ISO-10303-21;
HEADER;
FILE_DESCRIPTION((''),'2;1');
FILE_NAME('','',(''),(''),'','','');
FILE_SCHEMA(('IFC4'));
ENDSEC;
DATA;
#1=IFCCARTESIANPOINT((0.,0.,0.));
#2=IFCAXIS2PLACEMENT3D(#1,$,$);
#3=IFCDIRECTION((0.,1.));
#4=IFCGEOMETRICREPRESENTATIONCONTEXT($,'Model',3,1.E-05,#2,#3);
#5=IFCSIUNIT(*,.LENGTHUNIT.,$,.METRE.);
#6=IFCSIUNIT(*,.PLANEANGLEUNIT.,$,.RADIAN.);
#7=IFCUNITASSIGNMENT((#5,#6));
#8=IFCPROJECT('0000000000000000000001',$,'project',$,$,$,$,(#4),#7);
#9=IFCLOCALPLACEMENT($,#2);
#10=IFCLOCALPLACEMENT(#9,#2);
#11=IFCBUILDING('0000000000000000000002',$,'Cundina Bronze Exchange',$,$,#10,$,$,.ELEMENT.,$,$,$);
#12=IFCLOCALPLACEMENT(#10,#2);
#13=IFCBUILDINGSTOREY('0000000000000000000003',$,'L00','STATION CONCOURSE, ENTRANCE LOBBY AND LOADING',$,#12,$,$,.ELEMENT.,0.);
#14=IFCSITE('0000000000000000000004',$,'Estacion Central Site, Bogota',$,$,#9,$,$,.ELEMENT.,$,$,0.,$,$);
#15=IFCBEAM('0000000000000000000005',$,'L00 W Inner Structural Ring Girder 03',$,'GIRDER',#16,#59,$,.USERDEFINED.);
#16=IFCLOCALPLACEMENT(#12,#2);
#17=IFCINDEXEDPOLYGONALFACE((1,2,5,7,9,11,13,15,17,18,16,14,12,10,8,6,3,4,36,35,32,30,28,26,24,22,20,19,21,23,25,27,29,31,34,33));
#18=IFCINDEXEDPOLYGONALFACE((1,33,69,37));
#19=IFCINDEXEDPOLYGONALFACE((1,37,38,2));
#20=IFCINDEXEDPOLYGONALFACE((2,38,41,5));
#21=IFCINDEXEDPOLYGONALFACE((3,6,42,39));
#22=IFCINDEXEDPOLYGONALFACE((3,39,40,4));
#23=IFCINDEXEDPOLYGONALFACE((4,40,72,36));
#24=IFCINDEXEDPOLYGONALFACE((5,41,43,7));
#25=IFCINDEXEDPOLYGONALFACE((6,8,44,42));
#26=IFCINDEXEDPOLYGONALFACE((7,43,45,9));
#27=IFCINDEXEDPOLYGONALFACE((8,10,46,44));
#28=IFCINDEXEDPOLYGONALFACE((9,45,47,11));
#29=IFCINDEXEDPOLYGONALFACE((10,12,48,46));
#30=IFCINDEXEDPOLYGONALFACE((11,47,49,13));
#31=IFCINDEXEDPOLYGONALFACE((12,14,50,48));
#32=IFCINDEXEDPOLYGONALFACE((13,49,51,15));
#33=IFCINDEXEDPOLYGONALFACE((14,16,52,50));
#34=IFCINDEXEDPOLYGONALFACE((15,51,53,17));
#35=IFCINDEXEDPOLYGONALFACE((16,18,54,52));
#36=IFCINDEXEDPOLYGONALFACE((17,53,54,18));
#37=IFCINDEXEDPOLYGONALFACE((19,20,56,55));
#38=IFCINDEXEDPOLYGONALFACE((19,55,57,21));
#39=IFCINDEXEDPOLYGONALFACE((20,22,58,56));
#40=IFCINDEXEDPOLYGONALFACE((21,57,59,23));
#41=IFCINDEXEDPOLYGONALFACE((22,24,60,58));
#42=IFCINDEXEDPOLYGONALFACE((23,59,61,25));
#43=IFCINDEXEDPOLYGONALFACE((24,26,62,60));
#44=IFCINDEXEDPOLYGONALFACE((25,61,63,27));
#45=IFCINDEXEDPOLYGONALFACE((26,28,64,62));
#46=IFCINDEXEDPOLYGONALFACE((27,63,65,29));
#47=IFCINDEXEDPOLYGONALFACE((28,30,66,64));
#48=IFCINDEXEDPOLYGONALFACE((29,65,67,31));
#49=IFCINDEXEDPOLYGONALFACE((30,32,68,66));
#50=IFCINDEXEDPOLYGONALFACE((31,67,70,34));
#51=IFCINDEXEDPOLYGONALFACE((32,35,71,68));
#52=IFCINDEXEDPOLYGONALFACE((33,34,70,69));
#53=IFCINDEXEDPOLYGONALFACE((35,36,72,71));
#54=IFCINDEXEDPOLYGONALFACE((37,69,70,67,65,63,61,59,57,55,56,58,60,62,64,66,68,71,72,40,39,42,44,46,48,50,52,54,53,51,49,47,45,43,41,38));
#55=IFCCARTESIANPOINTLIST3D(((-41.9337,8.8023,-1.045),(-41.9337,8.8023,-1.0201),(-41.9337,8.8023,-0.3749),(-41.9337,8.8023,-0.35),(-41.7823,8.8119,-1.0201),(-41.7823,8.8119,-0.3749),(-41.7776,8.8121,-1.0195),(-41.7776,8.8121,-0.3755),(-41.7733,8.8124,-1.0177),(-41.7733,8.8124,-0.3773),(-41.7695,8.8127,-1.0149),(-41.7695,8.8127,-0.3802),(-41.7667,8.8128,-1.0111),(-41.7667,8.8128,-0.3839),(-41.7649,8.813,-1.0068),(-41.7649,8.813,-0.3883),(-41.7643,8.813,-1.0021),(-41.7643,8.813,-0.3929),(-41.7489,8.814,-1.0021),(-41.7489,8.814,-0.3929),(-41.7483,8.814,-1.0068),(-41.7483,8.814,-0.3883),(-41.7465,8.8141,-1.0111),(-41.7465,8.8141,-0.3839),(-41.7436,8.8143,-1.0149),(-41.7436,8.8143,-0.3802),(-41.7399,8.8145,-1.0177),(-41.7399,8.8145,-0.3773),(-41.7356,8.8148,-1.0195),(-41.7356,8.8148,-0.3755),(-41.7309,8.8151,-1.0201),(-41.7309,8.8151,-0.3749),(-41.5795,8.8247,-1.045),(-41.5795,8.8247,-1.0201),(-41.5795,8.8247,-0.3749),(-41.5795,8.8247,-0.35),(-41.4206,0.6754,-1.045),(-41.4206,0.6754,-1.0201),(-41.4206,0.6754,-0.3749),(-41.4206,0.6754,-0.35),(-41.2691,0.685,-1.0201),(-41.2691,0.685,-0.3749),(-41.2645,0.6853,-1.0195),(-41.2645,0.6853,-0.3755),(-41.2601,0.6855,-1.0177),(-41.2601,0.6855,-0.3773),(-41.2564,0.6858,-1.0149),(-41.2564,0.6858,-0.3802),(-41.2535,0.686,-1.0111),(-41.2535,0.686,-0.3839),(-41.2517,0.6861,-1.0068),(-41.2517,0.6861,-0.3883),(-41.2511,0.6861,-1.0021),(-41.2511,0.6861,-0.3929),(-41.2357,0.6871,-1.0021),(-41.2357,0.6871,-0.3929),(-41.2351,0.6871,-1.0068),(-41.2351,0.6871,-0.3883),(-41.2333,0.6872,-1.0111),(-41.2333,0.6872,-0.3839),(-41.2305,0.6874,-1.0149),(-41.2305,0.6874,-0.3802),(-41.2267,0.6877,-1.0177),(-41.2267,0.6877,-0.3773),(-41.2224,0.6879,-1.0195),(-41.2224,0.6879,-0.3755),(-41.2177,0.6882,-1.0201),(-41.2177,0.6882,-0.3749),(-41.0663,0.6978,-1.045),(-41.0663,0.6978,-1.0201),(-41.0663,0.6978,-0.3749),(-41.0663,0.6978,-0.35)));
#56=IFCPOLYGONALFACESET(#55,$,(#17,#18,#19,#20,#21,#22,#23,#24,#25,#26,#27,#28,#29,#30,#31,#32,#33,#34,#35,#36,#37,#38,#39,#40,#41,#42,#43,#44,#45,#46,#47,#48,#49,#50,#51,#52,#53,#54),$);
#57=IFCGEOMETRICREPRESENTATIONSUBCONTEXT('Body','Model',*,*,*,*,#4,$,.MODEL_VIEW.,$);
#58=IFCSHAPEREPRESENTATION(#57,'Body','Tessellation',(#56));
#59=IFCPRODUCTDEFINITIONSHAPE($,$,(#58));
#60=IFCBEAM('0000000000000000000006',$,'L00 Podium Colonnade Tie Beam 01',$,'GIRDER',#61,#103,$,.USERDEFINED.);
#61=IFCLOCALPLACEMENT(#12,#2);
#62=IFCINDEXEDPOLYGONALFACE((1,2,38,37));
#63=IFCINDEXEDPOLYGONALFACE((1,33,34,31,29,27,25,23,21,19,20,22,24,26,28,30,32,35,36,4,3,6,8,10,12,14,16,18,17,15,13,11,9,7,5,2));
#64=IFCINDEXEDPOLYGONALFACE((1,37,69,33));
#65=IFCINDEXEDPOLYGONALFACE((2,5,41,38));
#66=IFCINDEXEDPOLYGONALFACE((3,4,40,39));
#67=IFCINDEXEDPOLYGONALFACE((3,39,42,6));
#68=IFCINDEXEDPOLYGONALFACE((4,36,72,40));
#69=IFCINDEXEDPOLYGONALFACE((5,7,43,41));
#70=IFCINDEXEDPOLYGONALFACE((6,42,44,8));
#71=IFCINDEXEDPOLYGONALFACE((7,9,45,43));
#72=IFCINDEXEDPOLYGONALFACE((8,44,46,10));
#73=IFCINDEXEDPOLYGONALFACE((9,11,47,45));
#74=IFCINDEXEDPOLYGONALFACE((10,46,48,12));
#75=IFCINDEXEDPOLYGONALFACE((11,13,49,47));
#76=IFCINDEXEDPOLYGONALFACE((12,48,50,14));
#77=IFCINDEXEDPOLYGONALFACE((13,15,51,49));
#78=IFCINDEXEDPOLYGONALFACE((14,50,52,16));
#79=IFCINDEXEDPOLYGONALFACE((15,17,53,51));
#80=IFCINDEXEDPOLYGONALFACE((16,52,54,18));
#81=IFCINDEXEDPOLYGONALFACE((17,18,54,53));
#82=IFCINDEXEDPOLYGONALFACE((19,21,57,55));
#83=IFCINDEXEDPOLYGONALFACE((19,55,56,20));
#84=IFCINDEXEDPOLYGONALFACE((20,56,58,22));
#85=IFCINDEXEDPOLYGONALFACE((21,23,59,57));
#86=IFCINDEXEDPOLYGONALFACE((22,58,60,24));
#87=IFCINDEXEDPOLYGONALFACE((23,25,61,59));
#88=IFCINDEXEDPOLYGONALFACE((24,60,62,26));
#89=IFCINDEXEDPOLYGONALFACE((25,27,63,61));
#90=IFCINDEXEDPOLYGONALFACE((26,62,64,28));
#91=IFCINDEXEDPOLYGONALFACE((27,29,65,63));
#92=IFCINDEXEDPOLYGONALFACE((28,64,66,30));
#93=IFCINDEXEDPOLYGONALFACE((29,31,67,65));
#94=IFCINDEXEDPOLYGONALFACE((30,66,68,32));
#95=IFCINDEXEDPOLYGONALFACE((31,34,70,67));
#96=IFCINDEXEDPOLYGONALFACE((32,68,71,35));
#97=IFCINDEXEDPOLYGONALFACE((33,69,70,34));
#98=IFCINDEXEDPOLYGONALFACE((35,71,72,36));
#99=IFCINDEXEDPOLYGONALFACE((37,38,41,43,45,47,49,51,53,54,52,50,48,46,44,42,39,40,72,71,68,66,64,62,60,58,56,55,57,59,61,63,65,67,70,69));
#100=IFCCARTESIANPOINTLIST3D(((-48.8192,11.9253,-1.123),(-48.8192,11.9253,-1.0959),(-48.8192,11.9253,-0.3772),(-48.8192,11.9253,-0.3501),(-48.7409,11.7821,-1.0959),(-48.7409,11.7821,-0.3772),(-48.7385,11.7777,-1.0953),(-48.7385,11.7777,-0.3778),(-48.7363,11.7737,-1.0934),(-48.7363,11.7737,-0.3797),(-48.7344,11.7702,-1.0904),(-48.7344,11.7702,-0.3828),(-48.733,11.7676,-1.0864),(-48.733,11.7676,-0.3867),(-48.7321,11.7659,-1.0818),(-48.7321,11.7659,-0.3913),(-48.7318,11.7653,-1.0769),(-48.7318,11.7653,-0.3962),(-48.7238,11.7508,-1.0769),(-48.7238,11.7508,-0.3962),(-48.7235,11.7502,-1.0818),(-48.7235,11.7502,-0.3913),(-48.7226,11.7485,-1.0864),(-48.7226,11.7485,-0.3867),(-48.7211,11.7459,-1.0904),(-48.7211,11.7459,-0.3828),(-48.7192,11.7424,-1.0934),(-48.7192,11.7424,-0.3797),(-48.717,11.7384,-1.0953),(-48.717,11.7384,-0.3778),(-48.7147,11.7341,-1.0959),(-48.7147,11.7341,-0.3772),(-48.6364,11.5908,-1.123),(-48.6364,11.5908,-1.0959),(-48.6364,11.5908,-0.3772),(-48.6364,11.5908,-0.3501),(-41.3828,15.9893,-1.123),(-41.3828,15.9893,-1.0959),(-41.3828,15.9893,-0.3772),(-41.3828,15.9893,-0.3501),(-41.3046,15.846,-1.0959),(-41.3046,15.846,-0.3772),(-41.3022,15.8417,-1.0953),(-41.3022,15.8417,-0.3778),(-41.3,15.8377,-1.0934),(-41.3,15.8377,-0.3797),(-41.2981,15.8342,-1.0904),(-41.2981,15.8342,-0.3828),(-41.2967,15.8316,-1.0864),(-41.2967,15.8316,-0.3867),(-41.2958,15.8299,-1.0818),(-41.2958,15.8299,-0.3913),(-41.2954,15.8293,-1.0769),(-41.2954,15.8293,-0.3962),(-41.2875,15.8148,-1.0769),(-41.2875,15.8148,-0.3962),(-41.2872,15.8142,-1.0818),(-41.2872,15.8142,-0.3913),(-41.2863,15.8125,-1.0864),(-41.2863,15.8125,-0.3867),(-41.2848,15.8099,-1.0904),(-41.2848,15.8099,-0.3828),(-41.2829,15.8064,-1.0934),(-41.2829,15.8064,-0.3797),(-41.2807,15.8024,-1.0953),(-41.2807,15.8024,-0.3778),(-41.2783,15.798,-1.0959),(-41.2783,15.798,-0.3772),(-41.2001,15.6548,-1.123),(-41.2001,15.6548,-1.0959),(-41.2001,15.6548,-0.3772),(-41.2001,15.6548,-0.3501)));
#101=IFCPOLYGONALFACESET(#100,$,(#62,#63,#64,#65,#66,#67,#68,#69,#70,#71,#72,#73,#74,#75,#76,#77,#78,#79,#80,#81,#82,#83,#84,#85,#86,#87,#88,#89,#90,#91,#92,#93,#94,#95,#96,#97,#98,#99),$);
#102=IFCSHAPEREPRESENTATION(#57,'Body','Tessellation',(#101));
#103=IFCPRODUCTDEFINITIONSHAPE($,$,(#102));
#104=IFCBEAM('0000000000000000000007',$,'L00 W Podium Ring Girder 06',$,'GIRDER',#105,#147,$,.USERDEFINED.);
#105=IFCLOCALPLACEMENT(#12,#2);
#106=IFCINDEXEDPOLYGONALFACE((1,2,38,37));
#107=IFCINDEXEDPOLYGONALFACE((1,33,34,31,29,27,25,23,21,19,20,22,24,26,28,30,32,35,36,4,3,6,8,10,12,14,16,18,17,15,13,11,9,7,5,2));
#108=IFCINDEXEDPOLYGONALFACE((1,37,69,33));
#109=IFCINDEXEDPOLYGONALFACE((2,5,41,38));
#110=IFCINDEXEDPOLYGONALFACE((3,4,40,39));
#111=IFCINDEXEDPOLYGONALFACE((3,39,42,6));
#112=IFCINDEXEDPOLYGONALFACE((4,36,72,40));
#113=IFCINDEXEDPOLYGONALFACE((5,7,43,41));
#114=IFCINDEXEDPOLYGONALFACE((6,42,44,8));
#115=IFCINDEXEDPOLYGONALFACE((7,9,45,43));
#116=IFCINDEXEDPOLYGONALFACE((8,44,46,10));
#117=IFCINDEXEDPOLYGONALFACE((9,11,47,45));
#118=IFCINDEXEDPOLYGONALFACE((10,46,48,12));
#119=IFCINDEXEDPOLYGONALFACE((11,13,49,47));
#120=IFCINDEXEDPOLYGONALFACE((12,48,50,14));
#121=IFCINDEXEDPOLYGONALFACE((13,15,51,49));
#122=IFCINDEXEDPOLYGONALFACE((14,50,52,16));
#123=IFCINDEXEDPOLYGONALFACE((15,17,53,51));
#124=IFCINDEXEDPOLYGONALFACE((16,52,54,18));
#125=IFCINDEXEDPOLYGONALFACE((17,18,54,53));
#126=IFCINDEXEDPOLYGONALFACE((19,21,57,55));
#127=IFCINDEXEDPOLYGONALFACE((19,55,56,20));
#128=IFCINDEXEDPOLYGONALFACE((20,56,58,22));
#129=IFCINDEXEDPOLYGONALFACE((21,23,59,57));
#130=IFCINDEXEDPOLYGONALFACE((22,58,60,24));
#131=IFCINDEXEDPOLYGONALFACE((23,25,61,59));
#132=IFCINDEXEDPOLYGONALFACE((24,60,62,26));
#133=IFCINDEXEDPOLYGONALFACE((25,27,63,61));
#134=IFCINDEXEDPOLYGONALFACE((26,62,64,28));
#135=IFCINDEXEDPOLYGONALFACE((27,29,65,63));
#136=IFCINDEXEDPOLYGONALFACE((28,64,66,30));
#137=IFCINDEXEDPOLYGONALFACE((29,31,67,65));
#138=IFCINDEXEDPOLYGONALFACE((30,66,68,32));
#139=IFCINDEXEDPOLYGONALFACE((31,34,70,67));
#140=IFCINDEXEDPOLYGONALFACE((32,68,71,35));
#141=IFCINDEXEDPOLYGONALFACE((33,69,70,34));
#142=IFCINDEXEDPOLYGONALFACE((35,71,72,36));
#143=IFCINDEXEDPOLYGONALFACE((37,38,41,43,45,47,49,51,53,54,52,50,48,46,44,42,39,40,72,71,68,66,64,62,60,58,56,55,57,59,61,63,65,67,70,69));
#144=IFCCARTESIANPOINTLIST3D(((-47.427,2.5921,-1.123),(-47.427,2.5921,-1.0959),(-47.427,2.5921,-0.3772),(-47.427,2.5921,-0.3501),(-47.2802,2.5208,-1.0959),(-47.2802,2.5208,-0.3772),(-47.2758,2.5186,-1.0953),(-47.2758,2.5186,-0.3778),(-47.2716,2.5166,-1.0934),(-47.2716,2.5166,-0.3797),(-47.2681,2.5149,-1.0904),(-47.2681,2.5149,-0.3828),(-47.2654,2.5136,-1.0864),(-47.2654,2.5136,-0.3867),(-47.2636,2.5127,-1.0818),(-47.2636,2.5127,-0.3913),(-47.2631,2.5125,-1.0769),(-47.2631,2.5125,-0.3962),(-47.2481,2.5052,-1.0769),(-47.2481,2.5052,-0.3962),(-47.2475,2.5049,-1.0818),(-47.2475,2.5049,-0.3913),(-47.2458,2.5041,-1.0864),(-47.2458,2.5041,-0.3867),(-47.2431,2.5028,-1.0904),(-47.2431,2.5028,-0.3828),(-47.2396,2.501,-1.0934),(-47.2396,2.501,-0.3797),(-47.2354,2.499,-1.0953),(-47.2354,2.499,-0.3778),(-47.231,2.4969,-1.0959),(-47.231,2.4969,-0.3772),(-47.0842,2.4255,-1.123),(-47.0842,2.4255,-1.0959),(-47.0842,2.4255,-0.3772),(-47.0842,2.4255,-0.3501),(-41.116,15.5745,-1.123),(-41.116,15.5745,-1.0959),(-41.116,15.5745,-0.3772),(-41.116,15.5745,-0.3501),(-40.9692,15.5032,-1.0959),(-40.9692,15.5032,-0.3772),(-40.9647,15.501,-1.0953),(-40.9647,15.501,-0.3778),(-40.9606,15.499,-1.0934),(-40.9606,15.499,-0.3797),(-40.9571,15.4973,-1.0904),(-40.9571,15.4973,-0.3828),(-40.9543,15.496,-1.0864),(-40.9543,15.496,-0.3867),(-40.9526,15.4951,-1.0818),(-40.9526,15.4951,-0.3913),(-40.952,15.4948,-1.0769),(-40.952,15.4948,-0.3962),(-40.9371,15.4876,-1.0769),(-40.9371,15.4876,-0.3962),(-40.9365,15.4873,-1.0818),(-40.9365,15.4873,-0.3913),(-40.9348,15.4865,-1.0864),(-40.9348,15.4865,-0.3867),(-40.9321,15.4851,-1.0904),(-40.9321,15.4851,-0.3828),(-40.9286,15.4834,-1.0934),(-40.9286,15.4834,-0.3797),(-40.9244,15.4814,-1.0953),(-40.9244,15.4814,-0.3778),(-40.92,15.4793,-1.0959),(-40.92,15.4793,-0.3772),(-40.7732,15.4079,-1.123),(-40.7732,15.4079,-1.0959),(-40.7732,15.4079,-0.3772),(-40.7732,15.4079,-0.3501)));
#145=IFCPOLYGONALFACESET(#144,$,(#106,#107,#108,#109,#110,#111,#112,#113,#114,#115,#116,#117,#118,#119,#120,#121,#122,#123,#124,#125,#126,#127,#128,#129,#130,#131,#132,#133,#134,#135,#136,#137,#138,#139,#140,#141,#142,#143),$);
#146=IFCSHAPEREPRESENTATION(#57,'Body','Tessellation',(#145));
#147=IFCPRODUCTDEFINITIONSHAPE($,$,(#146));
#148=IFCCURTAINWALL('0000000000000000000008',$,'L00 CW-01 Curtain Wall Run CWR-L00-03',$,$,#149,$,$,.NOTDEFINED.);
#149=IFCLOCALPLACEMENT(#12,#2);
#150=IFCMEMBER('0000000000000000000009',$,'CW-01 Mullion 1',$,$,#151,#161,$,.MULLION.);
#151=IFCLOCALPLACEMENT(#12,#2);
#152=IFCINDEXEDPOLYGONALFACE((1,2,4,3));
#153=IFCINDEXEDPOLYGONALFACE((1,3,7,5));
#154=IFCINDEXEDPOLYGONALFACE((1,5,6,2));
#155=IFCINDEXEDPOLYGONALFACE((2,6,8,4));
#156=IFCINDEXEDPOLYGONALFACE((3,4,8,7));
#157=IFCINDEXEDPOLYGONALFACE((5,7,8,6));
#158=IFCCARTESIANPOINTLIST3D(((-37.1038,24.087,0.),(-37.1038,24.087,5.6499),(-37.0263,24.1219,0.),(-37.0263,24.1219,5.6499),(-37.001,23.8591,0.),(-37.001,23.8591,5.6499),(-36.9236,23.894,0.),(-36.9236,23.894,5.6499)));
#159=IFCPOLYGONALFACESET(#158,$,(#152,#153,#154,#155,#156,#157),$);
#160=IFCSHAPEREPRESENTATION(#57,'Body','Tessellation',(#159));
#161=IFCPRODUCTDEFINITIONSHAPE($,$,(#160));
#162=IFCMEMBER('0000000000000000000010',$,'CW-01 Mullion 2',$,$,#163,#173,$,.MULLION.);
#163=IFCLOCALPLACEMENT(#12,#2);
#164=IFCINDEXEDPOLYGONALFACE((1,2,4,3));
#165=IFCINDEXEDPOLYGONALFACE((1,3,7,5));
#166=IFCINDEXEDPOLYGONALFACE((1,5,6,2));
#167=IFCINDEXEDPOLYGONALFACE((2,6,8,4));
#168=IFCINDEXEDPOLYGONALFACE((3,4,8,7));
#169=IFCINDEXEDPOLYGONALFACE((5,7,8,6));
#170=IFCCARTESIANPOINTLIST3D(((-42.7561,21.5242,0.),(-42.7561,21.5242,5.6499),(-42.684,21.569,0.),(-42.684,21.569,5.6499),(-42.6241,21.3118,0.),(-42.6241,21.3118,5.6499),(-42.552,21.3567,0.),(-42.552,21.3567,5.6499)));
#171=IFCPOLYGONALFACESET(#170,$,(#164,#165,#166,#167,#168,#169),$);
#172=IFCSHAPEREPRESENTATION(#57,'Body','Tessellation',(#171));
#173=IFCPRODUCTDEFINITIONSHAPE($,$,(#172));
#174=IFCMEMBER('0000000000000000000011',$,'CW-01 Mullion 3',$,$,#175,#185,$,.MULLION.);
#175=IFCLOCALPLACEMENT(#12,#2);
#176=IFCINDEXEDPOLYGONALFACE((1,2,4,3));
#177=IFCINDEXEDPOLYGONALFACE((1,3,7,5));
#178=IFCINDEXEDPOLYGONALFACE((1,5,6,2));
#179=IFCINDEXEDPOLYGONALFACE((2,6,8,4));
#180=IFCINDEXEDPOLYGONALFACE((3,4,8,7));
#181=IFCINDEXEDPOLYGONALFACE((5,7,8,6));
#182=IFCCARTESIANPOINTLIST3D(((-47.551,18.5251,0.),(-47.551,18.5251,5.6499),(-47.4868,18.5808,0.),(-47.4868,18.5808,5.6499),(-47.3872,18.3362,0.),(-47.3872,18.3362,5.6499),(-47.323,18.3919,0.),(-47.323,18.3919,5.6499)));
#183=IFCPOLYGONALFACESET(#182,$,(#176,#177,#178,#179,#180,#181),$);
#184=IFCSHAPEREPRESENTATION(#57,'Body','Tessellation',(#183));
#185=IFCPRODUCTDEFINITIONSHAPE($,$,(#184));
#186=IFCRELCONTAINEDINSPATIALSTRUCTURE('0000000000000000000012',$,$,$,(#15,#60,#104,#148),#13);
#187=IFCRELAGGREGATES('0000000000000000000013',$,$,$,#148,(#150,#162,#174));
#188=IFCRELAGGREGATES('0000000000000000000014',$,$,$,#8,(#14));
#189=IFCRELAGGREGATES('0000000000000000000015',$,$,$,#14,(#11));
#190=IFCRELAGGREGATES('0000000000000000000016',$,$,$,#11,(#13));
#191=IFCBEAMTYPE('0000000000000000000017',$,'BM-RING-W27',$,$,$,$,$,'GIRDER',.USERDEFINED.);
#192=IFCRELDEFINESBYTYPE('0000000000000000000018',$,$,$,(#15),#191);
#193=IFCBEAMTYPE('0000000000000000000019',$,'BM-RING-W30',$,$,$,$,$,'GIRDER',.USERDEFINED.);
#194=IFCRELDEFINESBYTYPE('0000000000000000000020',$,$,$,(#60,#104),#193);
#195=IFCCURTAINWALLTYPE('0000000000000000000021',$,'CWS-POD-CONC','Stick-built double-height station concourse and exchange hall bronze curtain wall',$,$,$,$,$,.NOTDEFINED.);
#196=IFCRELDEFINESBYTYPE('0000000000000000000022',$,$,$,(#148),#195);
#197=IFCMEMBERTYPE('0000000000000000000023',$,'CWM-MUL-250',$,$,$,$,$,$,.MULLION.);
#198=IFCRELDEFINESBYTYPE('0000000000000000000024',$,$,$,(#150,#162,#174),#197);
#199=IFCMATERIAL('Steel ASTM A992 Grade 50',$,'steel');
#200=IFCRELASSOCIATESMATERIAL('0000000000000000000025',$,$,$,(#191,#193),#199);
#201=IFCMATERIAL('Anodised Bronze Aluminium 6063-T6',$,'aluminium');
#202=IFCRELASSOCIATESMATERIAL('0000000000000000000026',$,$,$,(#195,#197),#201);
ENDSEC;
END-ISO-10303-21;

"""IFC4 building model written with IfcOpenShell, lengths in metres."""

from ifc_helpers import new_model, si_unit, direction, frame, origin, origin_2d, place, context, subcontext, project, spatial, rectangle, i_section, extrude, material, material_profile, profile_set, type_object, element, aggregate, save


model = new_model("IFC4")

# Units and contexts
model_context = context("Model", 3, precision=1e-05, world=origin(), true_north=direction((0.0, 1.0)))
body_context = subcontext(model_context, "Body", "Model", "MODEL_VIEW")
ifc_project = project(units=[si_unit("LENGTHUNIT", "METRE"), si_unit("PLANEANGLEUNIT", "RADIAN")], contexts=[model_context])

# Site, building, storey
site_placement = place(None, origin())
site = spatial("IfcSite", under=ifc_project, at=site_placement, Name="Estacion Central Site, Bogota", CompositionType="ELEMENT", RefElevation=0.0)
building_placement = place(site_placement, origin())
building = spatial("IfcBuilding", under=site, at=building_placement, Name="Cundina Bronze Exchange", CompositionType="ELEMENT")
storey_placement = place(building_placement, origin())
storey = spatial("IfcBuildingStorey", under=building, at=storey_placement, Name="L00", Description="STATION CONCOURSE, ENTRANCE LOBBY AND LOADING", CompositionType="ELEMENT", Elevation=0.0)

# Beams
ifc_material_1 = material(Name="Steel ASTM A992 Grade 50", Category="steel")
ifc_material_profile_1 = material_profile(ifc_material_1, i_section(OverallWidth=0.355, OverallDepth=0.6951, WebThickness=0.0154, FlangeThickness=0.0249, FilletRadius=0.0181, at=origin_2d()), Name="W27X146", Category="steel")
ifc_profile_set_1 = profile_set([ifc_material_profile_1], Name="Steel ASTM A992 Grade 50")
beam_type_1 = type_object("IfcBeamType", Name="BM-RING-W27", ElementType="GIRDER", PredefinedType="USERDEFINED", material=ifc_profile_set_1)
beam_1_placement = place(storey_placement, frame((-41.7566, 8.8135, -0.6975), z_axis=(0.06302, -0.998012, 0.0), x_axis=(0.998012, 0.06302, 0.0)))
element("IfcBeam", 1, at=beam_1_placement, inside=storey, type_object=beam_type_1, Name="L00 W Inner Structural Ring Girder 03", ObjectType="GIRDER", PredefinedType="USERDEFINED", context=body_context, shape_type="SweptSolid", body=[
    extrude(i_section(OverallWidth=0.355, OverallDepth=0.6951, WebThickness=0.0154, FlangeThickness=0.0249, FilletRadius=0.0181, at=origin_2d()), origin(), (0.0, 0.0, 1.0), 8.1431),
])
ifc_material_profile_2 = material_profile(ifc_material_1, i_section(OverallWidth=0.3811, OverallDepth=0.7729, WebThickness=0.0166, FlangeThickness=0.0271, FilletRadius=0.019, at=origin_2d()), Name="W30X173", Category="steel")
ifc_profile_set_2 = profile_set([ifc_material_profile_2], Name="Steel ASTM A992 Grade 50")
beam_type_2 = type_object("IfcBeamType", Name="BM-RING-W30", ElementType="GIRDER", PredefinedType="USERDEFINED", material=ifc_profile_set_2)
beam_2_placement = place(storey_placement, frame((-48.7278, 11.7581, -0.7366), z_axis=(0.877508, 0.479562, 0.0), x_axis=(-0.479562, 0.877508, 0.0)))
element("IfcBeam", 2, at=beam_2_placement, inside=storey, type_object=beam_type_2, Name="L00 Podium Colonnade Tie Beam 01", ObjectType="GIRDER", PredefinedType="USERDEFINED", context=body_context, shape_type="SweptSolid", body=[
    extrude(i_section(OverallWidth=0.3811, OverallDepth=0.7729, WebThickness=0.0166, FlangeThickness=0.0271, FilletRadius=0.019, at=origin_2d()), origin(), (0.0, 0.0, 1.0), 8.4744),
])
beam_3_placement = place(storey_placement, frame((-40.9446, 15.4912, -0.7366), z_axis=(-0.4372, -0.899364, 0.0), x_axis=(0.899364, -0.4372, 0.0)))
element("IfcBeam", 3, at=beam_3_placement, inside=storey, type_object=beam_type_2, Name="L00 W Podium Ring Girder 06", ObjectType="GIRDER", PredefinedType="USERDEFINED", context=body_context, shape_type="SweptSolid", body=[
    extrude(i_section(OverallWidth=0.3811, OverallDepth=0.7729, WebThickness=0.0166, FlangeThickness=0.0271, FilletRadius=0.019, at=origin_2d()), origin(), (0.0, 0.0, 1.0), 14.4351),
])

# Curtain wall, members
ifc_material_2 = material(Name="Anodised Bronze Aluminium 6063-T6", Category="aluminium")
curtain_wall_type = type_object("IfcCurtainWallType", Name="CWS-POD-CONC", Description="Stick-built double-height station concourse and exchange hall bronze curtain wall", PredefinedType="NOTDEFINED", material=ifc_material_2)
curtain_wall_1_placement = place(storey_placement, origin())
curtain_wall_1 = element("IfcCurtainWall", 4, at=curtain_wall_1_placement, inside=storey, type_object=curtain_wall_type, Name="L00 CW-01 Curtain Wall Run CWR-L00-03", PredefinedType="NOTDEFINED")
ifc_material_profile_3 = material_profile(ifc_material_2, rectangle(XDim=0.085, YDim=0.25, at=origin_2d()), Name="AL85X250", Category="aluminium")
ifc_profile_set_3 = profile_set([ifc_material_profile_3], Name="Anodised Bronze Aluminium 6063-T6")
member_type_1 = type_object("IfcMemberType", Name="CWM-MUL-250", PredefinedType="MULLION", material=ifc_profile_set_3)
member_1_placement = place(storey_placement, frame((-37.0137, 23.9905, 0.0), z_axis=(0.0, 0.0, 1.0), x_axis=(-0.911619, -0.411037, 0.0)))
member_1 = element("IfcMember", 5, at=member_1_placement, type_object=member_type_1, Name="CW-01 Mullion 1", PredefinedType="MULLION", context=body_context, shape_type="SweptSolid", body=[
    extrude(rectangle(XDim=0.085, YDim=0.25, at=origin_2d()), origin(), (0.0, 0.0, 1.0), 5.6499),
])
member_2_placement = place(storey_placement, frame((-42.6541, 21.4404, 0.0), z_axis=(0.0, 0.0, 1.0), x_axis=(-0.849248, -0.527994, 0.0)))
member_2 = element("IfcMember", 6, at=member_2_placement, type_object=member_type_1, Name="CW-01 Mullion 2", PredefinedType="MULLION", context=body_context, shape_type="SweptSolid", body=[
    extrude(rectangle(XDim=0.085, YDim=0.25, at=origin_2d()), origin(), (0.0, 0.0, 1.0), 5.6499),
])
member_3_placement = place(storey_placement, frame((-47.437, 18.4585, 0.0), z_axis=(0.0, 0.0, 1.0), x_axis=(-0.755511, -0.655136, 0.0)))
member_3 = element("IfcMember", 7, at=member_3_placement, type_object=member_type_1, Name="CW-01 Mullion 3", PredefinedType="MULLION", context=body_context, shape_type="SweptSolid", body=[
    extrude(rectangle(XDim=0.085, YDim=0.25, at=origin_2d()), origin(), (0.0, 0.0, 1.0), 5.6499),
])

aggregate(curtain_wall_1, [member_1, member_2, member_3])

save(model, "model.ifc")
